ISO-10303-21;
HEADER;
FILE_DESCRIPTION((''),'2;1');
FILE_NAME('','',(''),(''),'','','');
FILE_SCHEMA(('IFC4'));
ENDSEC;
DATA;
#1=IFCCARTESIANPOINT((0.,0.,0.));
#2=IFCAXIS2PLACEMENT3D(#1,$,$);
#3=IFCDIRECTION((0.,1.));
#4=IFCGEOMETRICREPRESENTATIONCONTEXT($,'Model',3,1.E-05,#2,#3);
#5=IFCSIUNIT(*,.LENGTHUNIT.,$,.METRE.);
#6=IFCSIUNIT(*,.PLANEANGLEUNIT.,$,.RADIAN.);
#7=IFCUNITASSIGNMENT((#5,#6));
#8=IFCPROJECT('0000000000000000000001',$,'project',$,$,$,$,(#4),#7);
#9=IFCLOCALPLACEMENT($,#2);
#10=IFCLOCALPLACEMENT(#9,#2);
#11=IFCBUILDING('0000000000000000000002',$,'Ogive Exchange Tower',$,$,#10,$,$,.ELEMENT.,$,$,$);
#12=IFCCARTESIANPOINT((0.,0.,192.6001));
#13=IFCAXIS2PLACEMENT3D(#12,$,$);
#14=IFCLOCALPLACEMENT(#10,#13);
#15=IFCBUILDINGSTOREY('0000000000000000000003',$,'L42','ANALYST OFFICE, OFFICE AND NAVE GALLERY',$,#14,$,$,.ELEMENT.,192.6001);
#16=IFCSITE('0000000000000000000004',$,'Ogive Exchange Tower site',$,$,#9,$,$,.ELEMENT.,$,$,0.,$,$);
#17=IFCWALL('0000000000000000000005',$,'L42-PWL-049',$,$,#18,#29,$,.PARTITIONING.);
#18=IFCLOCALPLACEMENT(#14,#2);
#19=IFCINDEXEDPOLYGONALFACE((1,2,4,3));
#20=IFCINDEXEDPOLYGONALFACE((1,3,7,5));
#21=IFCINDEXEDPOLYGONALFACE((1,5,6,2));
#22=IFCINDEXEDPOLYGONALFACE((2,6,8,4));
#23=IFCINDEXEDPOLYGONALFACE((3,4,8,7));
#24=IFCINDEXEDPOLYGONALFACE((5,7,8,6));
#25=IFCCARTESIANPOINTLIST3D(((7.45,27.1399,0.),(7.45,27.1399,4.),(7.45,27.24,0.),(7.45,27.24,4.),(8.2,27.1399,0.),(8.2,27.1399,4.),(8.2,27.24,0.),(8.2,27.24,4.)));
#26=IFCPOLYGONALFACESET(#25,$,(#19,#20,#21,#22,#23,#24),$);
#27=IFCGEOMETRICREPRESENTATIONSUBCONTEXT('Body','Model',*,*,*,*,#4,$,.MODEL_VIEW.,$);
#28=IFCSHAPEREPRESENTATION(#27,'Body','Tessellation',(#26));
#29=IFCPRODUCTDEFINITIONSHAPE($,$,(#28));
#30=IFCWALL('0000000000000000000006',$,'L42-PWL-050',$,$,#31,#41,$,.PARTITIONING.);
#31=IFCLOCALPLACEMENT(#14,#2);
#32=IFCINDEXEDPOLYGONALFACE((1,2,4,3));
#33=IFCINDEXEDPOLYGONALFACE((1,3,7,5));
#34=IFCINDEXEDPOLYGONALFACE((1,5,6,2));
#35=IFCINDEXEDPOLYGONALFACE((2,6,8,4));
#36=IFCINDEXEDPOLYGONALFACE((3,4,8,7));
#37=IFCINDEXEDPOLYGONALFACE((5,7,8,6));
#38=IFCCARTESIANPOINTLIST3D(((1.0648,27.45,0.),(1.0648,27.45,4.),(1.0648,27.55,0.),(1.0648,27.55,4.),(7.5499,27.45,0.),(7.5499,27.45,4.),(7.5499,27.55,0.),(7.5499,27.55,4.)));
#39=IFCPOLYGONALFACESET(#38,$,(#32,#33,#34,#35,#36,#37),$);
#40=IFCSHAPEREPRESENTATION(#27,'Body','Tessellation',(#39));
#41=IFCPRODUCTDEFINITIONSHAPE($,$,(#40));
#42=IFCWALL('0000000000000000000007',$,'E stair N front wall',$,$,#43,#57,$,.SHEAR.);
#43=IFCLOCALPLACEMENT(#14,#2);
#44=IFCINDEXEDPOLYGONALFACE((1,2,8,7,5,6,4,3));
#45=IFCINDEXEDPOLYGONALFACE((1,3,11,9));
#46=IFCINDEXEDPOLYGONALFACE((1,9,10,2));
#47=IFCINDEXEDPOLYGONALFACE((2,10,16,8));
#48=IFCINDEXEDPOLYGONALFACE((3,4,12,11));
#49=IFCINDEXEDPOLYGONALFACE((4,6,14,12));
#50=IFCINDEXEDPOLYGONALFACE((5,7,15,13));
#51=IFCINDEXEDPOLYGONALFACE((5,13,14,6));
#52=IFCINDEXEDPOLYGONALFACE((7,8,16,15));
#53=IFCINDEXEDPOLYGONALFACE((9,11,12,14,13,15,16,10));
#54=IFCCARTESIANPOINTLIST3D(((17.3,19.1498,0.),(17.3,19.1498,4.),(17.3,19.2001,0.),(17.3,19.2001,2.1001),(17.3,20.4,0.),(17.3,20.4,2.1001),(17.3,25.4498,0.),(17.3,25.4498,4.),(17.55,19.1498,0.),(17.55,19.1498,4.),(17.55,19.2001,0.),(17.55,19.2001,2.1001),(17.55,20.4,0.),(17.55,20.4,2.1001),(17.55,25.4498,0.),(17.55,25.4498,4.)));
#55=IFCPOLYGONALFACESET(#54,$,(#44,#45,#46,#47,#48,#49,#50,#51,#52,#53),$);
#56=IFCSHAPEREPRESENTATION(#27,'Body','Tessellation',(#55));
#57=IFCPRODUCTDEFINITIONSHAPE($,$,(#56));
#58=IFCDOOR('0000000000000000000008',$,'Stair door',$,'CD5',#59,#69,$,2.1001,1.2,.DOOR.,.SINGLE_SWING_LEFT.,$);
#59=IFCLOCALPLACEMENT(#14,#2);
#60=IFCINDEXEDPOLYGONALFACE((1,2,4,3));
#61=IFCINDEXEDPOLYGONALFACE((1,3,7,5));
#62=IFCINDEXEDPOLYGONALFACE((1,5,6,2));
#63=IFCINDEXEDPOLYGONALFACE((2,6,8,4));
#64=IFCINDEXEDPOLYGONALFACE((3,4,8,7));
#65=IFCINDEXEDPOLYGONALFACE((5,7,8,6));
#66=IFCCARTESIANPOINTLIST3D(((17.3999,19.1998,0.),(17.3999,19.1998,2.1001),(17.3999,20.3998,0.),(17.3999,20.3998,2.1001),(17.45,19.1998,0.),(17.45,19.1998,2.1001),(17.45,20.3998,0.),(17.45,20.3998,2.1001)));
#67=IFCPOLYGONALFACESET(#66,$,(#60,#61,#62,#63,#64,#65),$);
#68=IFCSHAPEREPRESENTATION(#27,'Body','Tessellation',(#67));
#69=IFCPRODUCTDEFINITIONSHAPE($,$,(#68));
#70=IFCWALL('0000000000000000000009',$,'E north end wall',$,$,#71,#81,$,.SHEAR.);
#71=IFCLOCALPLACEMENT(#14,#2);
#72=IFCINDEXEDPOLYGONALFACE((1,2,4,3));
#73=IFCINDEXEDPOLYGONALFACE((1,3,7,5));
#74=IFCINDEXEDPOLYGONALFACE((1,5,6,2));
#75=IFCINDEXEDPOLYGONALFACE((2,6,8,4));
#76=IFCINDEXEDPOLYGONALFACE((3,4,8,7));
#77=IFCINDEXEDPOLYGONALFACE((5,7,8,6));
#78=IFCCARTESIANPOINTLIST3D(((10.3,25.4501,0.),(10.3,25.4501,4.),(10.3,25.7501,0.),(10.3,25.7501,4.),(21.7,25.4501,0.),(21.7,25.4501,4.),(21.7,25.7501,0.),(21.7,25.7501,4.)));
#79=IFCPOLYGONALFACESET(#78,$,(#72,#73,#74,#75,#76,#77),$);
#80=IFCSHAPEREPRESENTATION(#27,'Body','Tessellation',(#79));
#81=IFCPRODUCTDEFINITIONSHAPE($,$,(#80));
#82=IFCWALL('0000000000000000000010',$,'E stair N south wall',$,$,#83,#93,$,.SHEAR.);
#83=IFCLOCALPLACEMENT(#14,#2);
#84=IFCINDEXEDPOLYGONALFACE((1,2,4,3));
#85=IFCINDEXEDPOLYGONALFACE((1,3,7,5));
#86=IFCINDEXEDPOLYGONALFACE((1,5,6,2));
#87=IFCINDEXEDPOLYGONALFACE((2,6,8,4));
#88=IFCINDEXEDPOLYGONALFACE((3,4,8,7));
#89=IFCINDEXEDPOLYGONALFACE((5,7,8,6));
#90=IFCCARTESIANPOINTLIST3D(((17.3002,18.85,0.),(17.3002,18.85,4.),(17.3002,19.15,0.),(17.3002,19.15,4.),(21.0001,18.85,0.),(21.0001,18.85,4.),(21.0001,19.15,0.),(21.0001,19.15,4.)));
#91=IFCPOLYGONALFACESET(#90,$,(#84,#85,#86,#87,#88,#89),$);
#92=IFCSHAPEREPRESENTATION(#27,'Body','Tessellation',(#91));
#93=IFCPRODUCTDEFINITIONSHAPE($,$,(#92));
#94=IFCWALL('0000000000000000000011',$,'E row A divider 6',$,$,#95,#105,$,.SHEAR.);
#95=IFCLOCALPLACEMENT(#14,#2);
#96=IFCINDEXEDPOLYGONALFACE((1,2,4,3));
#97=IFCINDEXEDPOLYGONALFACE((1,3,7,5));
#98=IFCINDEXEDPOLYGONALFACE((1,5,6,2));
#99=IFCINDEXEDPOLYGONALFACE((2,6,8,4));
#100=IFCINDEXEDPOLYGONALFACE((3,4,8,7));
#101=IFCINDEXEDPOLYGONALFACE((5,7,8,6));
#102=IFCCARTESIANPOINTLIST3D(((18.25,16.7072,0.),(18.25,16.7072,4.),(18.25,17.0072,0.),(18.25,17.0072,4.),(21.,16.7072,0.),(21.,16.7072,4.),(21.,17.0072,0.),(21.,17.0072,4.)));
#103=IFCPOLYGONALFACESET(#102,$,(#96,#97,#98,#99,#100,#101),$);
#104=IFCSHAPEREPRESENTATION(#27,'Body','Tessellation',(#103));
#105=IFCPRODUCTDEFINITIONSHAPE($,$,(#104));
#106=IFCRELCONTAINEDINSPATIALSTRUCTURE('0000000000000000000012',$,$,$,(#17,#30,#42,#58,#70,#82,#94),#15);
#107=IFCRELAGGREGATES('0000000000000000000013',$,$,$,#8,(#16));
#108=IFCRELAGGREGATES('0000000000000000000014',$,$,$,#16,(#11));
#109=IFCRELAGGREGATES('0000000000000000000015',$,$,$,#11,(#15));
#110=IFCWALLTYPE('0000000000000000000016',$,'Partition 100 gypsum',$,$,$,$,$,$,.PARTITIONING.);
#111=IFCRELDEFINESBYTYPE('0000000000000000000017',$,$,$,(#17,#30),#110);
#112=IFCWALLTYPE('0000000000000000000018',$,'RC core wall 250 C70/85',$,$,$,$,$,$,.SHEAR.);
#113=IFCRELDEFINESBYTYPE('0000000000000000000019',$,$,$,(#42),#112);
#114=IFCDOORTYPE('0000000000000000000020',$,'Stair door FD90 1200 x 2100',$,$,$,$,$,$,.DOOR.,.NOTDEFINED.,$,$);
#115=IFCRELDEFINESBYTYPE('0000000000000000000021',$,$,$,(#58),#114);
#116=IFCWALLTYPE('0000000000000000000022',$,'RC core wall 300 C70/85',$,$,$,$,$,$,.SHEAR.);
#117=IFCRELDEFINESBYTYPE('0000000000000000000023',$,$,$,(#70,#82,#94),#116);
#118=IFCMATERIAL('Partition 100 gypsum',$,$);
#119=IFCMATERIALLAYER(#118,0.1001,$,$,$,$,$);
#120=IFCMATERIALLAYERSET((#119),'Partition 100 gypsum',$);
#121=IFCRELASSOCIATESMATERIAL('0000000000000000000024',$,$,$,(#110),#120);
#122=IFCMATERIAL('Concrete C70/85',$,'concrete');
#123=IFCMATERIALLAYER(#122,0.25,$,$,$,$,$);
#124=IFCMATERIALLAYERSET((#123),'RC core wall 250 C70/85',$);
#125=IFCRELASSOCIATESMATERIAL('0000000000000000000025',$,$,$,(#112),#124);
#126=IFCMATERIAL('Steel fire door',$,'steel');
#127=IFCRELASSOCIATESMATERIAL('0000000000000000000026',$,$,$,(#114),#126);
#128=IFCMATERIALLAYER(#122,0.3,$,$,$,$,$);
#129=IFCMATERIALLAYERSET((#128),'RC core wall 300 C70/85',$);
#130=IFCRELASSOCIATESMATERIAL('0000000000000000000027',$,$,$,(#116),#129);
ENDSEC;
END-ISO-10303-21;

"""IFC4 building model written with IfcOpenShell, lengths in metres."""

from ifc_helpers import new_model, si_unit, direction, frame, frame_2d, origin, place, context, subcontext, project, spatial, rectangle, extrude, material, layer, layer_set, type_object, element, fill, save


model = new_model("IFC4")

# Units and contexts
model_context = context("Model", 3, precision=1e-05, world=origin(), true_north=direction((0.0, 1.0)))
body_context = subcontext(model_context, "Body", "Model", "MODEL_VIEW")
ifc_project = project(units=[si_unit("LENGTHUNIT", "METRE"), si_unit("PLANEANGLEUNIT", "RADIAN")], contexts=[model_context])

# Site, building, storey
site_placement = place(None, origin())
site = spatial("IfcSite", under=ifc_project, at=site_placement, Name="Ogive Exchange Tower site", CompositionType="ELEMENT", RefElevation=0.0)
building_placement = place(site_placement, origin())
building = spatial("IfcBuilding", under=site, at=building_placement, Name="Ogive Exchange Tower", CompositionType="ELEMENT")
storey_placement = place(building_placement, frame((0.0, 0.0, 192.6001)))
storey = spatial("IfcBuildingStorey", under=building, at=storey_placement, Name="L42", Description="ANALYST OFFICE, OFFICE AND NAVE GALLERY", CompositionType="ELEMENT", Elevation=192.6001)

# Walls
ifc_material_1 = material(Name="Partition 100 gypsum")
ifc_layer_1 = layer(ifc_material_1, 0.1001)
ifc_layer_set_1 = layer_set([ifc_layer_1], Name="Partition 100 gypsum")
wall_type_1 = type_object("IfcWallType", Name="Partition 100 gypsum", PredefinedType="PARTITIONING", material=ifc_layer_set_1)
wall_1_placement = place(storey_placement, frame((7.45, 27.1899, 0.0), z_axis=(0.0, 0.0, 1.0), x_axis=(1.0, 0.0, 0.0)))
element("IfcWall", 1, at=wall_1_placement, inside=storey, type_object=wall_type_1, Name="L42-PWL-049", PredefinedType="PARTITIONING", context=body_context, shape_type="SweptSolid", body=[
    extrude(rectangle(XDim=0.75, YDim=0.1001, at=frame_2d((0.375, 0.0))), origin(), (0.0, 0.0, 1.0), 4.0),
])
wall_2_placement = place(storey_placement, frame((7.55, 27.5, 0.0), z_axis=(0.0, 0.0, 1.0), x_axis=(-1.0, 0.0, 0.0)))
element("IfcWall", 2, at=wall_2_placement, inside=storey, type_object=wall_type_1, Name="L42-PWL-050", PredefinedType="PARTITIONING", context=body_context, shape_type="SweptSolid", body=[
    extrude(rectangle(XDim=6.4851, YDim=0.1001, at=frame_2d((3.2427, 0.0))), origin(), (0.0, 0.0, 1.0), 4.0),
])

# Wall, opening, door
ifc_material_2 = material(Name="Concrete C70/85", Category="concrete")
ifc_layer_2 = layer(ifc_material_2, 0.25)
ifc_layer_set_2 = layer_set([ifc_layer_2], Name="RC core wall 250 C70/85")
wall_type_2 = type_object("IfcWallType", Name="RC core wall 250 C70/85", PredefinedType="SHEAR", material=ifc_layer_set_2)
wall_3_placement = place(storey_placement, frame((17.425, 19.1499, 0.0), z_axis=(0.0, 0.0, 1.0), x_axis=(0.0, 1.0, 0.0)))
wall_3 = element("IfcWall", 3, at=wall_3_placement, inside=storey, type_object=wall_type_2, Name="E stair N front wall", PredefinedType="SHEAR", context=body_context, shape_type="SweptSolid", body=[
    extrude(rectangle(XDim=6.3, YDim=0.25, at=frame_2d((3.1499, 0.0))), origin(), (0.0, 0.0, 1.0), 4.0),
])
opening_1_placement = place(wall_3_placement, frame((0.05, 0.0, 0.0)))
opening_1 = element("IfcOpeningElement", 4, at=opening_1_placement, cuts=wall_3, PredefinedType="OPENING", context=body_context, shape_type="SweptSolid", body=[
    extrude(rectangle(XDim=1.2, YDim=2.1001, at=frame_2d((0.6001, 1.05))), frame((0.0, 0.135, 0.0), z_axis=(0.0, -1.0, 0.0), x_axis=(1.0, 0.0, 0.0)), (0.0, 0.0, 1.0), 0.27),
])
ifc_material_3 = material(Name="Steel fire door", Category="steel")
door_type_1 = type_object("IfcDoorType", Name="Stair door FD90 1200 x 2100", OperationType="NOTDEFINED", PredefinedType="DOOR", material=ifc_material_3)
door_1_placement = place(opening_1_placement, frame((1.2, 0.0, 0.0), z_axis=(0.0, 0.0, 1.0), x_axis=(-1.0, 0.0, 0.0)))
door_1 = element("IfcDoor", 5, at=door_1_placement, inside=storey, type_object=door_type_1, Name="Stair door", ObjectType="CD5", OperationType="SINGLE_SWING_LEFT", OverallHeight=2.1001, OverallWidth=1.2, PredefinedType="DOOR", context=body_context, shape_type="SweptSolid", body=[
    extrude(rectangle(XDim=1.2, YDim=2.1001, at=frame_2d((0.6001, 1.05))), frame((0.0, 0.0249, 0.0), z_axis=(0.0, -1.0, 0.0), x_axis=(1.0, 0.0, 0.0)), (0.0, 0.0, 1.0), 0.05),
])
fill(opening_1, door_1)

# Walls
ifc_layer_3 = layer(ifc_material_2, 0.3)
ifc_layer_set_3 = layer_set([ifc_layer_3], Name="RC core wall 300 C70/85")
wall_type_3 = type_object("IfcWallType", Name="RC core wall 300 C70/85", PredefinedType="SHEAR", material=ifc_layer_set_3)
wall_4_placement = place(storey_placement, frame((10.3, 25.6001, 0.0), z_axis=(0.0, 0.0, 1.0), x_axis=(1.0, 0.0, 0.0)))
element("IfcWall", 6, at=wall_4_placement, inside=storey, type_object=wall_type_3, Name="E north end wall", PredefinedType="SHEAR", context=body_context, shape_type="SweptSolid", body=[
    extrude(rectangle(XDim=11.3999, YDim=0.3, at=frame_2d((5.7, 0.0))), origin(), (0.0, 0.0, 1.0), 4.0),
])
wall_5_placement = place(storey_placement, frame((17.3, 19.0, 0.0), z_axis=(0.0, 0.0, 1.0), x_axis=(1.0, 0.0, 0.0)))
element("IfcWall", 7, at=wall_5_placement, inside=storey, type_object=wall_type_3, Name="E stair N south wall", PredefinedType="SHEAR", context=body_context, shape_type="SweptSolid", body=[
    extrude(rectangle(XDim=3.7, YDim=0.3, at=frame_2d((1.8501, 0.0))), origin(), (0.0, 0.0, 1.0), 4.0),
])
wall_6_placement = place(storey_placement, frame((18.25, 16.8572, 0.0), z_axis=(0.0, 0.0, 1.0), x_axis=(1.0, 0.0, 0.0)))
element("IfcWall", 8, at=wall_6_placement, inside=storey, type_object=wall_type_3, Name="E row A divider 6", PredefinedType="SHEAR", context=body_context, shape_type="SweptSolid", body=[
    extrude(rectangle(XDim=2.75, YDim=0.3, at=frame_2d((1.375, 0.0))), origin(), (0.0, 0.0, 1.0), 4.0),
])

save(model, "model.ifc")
